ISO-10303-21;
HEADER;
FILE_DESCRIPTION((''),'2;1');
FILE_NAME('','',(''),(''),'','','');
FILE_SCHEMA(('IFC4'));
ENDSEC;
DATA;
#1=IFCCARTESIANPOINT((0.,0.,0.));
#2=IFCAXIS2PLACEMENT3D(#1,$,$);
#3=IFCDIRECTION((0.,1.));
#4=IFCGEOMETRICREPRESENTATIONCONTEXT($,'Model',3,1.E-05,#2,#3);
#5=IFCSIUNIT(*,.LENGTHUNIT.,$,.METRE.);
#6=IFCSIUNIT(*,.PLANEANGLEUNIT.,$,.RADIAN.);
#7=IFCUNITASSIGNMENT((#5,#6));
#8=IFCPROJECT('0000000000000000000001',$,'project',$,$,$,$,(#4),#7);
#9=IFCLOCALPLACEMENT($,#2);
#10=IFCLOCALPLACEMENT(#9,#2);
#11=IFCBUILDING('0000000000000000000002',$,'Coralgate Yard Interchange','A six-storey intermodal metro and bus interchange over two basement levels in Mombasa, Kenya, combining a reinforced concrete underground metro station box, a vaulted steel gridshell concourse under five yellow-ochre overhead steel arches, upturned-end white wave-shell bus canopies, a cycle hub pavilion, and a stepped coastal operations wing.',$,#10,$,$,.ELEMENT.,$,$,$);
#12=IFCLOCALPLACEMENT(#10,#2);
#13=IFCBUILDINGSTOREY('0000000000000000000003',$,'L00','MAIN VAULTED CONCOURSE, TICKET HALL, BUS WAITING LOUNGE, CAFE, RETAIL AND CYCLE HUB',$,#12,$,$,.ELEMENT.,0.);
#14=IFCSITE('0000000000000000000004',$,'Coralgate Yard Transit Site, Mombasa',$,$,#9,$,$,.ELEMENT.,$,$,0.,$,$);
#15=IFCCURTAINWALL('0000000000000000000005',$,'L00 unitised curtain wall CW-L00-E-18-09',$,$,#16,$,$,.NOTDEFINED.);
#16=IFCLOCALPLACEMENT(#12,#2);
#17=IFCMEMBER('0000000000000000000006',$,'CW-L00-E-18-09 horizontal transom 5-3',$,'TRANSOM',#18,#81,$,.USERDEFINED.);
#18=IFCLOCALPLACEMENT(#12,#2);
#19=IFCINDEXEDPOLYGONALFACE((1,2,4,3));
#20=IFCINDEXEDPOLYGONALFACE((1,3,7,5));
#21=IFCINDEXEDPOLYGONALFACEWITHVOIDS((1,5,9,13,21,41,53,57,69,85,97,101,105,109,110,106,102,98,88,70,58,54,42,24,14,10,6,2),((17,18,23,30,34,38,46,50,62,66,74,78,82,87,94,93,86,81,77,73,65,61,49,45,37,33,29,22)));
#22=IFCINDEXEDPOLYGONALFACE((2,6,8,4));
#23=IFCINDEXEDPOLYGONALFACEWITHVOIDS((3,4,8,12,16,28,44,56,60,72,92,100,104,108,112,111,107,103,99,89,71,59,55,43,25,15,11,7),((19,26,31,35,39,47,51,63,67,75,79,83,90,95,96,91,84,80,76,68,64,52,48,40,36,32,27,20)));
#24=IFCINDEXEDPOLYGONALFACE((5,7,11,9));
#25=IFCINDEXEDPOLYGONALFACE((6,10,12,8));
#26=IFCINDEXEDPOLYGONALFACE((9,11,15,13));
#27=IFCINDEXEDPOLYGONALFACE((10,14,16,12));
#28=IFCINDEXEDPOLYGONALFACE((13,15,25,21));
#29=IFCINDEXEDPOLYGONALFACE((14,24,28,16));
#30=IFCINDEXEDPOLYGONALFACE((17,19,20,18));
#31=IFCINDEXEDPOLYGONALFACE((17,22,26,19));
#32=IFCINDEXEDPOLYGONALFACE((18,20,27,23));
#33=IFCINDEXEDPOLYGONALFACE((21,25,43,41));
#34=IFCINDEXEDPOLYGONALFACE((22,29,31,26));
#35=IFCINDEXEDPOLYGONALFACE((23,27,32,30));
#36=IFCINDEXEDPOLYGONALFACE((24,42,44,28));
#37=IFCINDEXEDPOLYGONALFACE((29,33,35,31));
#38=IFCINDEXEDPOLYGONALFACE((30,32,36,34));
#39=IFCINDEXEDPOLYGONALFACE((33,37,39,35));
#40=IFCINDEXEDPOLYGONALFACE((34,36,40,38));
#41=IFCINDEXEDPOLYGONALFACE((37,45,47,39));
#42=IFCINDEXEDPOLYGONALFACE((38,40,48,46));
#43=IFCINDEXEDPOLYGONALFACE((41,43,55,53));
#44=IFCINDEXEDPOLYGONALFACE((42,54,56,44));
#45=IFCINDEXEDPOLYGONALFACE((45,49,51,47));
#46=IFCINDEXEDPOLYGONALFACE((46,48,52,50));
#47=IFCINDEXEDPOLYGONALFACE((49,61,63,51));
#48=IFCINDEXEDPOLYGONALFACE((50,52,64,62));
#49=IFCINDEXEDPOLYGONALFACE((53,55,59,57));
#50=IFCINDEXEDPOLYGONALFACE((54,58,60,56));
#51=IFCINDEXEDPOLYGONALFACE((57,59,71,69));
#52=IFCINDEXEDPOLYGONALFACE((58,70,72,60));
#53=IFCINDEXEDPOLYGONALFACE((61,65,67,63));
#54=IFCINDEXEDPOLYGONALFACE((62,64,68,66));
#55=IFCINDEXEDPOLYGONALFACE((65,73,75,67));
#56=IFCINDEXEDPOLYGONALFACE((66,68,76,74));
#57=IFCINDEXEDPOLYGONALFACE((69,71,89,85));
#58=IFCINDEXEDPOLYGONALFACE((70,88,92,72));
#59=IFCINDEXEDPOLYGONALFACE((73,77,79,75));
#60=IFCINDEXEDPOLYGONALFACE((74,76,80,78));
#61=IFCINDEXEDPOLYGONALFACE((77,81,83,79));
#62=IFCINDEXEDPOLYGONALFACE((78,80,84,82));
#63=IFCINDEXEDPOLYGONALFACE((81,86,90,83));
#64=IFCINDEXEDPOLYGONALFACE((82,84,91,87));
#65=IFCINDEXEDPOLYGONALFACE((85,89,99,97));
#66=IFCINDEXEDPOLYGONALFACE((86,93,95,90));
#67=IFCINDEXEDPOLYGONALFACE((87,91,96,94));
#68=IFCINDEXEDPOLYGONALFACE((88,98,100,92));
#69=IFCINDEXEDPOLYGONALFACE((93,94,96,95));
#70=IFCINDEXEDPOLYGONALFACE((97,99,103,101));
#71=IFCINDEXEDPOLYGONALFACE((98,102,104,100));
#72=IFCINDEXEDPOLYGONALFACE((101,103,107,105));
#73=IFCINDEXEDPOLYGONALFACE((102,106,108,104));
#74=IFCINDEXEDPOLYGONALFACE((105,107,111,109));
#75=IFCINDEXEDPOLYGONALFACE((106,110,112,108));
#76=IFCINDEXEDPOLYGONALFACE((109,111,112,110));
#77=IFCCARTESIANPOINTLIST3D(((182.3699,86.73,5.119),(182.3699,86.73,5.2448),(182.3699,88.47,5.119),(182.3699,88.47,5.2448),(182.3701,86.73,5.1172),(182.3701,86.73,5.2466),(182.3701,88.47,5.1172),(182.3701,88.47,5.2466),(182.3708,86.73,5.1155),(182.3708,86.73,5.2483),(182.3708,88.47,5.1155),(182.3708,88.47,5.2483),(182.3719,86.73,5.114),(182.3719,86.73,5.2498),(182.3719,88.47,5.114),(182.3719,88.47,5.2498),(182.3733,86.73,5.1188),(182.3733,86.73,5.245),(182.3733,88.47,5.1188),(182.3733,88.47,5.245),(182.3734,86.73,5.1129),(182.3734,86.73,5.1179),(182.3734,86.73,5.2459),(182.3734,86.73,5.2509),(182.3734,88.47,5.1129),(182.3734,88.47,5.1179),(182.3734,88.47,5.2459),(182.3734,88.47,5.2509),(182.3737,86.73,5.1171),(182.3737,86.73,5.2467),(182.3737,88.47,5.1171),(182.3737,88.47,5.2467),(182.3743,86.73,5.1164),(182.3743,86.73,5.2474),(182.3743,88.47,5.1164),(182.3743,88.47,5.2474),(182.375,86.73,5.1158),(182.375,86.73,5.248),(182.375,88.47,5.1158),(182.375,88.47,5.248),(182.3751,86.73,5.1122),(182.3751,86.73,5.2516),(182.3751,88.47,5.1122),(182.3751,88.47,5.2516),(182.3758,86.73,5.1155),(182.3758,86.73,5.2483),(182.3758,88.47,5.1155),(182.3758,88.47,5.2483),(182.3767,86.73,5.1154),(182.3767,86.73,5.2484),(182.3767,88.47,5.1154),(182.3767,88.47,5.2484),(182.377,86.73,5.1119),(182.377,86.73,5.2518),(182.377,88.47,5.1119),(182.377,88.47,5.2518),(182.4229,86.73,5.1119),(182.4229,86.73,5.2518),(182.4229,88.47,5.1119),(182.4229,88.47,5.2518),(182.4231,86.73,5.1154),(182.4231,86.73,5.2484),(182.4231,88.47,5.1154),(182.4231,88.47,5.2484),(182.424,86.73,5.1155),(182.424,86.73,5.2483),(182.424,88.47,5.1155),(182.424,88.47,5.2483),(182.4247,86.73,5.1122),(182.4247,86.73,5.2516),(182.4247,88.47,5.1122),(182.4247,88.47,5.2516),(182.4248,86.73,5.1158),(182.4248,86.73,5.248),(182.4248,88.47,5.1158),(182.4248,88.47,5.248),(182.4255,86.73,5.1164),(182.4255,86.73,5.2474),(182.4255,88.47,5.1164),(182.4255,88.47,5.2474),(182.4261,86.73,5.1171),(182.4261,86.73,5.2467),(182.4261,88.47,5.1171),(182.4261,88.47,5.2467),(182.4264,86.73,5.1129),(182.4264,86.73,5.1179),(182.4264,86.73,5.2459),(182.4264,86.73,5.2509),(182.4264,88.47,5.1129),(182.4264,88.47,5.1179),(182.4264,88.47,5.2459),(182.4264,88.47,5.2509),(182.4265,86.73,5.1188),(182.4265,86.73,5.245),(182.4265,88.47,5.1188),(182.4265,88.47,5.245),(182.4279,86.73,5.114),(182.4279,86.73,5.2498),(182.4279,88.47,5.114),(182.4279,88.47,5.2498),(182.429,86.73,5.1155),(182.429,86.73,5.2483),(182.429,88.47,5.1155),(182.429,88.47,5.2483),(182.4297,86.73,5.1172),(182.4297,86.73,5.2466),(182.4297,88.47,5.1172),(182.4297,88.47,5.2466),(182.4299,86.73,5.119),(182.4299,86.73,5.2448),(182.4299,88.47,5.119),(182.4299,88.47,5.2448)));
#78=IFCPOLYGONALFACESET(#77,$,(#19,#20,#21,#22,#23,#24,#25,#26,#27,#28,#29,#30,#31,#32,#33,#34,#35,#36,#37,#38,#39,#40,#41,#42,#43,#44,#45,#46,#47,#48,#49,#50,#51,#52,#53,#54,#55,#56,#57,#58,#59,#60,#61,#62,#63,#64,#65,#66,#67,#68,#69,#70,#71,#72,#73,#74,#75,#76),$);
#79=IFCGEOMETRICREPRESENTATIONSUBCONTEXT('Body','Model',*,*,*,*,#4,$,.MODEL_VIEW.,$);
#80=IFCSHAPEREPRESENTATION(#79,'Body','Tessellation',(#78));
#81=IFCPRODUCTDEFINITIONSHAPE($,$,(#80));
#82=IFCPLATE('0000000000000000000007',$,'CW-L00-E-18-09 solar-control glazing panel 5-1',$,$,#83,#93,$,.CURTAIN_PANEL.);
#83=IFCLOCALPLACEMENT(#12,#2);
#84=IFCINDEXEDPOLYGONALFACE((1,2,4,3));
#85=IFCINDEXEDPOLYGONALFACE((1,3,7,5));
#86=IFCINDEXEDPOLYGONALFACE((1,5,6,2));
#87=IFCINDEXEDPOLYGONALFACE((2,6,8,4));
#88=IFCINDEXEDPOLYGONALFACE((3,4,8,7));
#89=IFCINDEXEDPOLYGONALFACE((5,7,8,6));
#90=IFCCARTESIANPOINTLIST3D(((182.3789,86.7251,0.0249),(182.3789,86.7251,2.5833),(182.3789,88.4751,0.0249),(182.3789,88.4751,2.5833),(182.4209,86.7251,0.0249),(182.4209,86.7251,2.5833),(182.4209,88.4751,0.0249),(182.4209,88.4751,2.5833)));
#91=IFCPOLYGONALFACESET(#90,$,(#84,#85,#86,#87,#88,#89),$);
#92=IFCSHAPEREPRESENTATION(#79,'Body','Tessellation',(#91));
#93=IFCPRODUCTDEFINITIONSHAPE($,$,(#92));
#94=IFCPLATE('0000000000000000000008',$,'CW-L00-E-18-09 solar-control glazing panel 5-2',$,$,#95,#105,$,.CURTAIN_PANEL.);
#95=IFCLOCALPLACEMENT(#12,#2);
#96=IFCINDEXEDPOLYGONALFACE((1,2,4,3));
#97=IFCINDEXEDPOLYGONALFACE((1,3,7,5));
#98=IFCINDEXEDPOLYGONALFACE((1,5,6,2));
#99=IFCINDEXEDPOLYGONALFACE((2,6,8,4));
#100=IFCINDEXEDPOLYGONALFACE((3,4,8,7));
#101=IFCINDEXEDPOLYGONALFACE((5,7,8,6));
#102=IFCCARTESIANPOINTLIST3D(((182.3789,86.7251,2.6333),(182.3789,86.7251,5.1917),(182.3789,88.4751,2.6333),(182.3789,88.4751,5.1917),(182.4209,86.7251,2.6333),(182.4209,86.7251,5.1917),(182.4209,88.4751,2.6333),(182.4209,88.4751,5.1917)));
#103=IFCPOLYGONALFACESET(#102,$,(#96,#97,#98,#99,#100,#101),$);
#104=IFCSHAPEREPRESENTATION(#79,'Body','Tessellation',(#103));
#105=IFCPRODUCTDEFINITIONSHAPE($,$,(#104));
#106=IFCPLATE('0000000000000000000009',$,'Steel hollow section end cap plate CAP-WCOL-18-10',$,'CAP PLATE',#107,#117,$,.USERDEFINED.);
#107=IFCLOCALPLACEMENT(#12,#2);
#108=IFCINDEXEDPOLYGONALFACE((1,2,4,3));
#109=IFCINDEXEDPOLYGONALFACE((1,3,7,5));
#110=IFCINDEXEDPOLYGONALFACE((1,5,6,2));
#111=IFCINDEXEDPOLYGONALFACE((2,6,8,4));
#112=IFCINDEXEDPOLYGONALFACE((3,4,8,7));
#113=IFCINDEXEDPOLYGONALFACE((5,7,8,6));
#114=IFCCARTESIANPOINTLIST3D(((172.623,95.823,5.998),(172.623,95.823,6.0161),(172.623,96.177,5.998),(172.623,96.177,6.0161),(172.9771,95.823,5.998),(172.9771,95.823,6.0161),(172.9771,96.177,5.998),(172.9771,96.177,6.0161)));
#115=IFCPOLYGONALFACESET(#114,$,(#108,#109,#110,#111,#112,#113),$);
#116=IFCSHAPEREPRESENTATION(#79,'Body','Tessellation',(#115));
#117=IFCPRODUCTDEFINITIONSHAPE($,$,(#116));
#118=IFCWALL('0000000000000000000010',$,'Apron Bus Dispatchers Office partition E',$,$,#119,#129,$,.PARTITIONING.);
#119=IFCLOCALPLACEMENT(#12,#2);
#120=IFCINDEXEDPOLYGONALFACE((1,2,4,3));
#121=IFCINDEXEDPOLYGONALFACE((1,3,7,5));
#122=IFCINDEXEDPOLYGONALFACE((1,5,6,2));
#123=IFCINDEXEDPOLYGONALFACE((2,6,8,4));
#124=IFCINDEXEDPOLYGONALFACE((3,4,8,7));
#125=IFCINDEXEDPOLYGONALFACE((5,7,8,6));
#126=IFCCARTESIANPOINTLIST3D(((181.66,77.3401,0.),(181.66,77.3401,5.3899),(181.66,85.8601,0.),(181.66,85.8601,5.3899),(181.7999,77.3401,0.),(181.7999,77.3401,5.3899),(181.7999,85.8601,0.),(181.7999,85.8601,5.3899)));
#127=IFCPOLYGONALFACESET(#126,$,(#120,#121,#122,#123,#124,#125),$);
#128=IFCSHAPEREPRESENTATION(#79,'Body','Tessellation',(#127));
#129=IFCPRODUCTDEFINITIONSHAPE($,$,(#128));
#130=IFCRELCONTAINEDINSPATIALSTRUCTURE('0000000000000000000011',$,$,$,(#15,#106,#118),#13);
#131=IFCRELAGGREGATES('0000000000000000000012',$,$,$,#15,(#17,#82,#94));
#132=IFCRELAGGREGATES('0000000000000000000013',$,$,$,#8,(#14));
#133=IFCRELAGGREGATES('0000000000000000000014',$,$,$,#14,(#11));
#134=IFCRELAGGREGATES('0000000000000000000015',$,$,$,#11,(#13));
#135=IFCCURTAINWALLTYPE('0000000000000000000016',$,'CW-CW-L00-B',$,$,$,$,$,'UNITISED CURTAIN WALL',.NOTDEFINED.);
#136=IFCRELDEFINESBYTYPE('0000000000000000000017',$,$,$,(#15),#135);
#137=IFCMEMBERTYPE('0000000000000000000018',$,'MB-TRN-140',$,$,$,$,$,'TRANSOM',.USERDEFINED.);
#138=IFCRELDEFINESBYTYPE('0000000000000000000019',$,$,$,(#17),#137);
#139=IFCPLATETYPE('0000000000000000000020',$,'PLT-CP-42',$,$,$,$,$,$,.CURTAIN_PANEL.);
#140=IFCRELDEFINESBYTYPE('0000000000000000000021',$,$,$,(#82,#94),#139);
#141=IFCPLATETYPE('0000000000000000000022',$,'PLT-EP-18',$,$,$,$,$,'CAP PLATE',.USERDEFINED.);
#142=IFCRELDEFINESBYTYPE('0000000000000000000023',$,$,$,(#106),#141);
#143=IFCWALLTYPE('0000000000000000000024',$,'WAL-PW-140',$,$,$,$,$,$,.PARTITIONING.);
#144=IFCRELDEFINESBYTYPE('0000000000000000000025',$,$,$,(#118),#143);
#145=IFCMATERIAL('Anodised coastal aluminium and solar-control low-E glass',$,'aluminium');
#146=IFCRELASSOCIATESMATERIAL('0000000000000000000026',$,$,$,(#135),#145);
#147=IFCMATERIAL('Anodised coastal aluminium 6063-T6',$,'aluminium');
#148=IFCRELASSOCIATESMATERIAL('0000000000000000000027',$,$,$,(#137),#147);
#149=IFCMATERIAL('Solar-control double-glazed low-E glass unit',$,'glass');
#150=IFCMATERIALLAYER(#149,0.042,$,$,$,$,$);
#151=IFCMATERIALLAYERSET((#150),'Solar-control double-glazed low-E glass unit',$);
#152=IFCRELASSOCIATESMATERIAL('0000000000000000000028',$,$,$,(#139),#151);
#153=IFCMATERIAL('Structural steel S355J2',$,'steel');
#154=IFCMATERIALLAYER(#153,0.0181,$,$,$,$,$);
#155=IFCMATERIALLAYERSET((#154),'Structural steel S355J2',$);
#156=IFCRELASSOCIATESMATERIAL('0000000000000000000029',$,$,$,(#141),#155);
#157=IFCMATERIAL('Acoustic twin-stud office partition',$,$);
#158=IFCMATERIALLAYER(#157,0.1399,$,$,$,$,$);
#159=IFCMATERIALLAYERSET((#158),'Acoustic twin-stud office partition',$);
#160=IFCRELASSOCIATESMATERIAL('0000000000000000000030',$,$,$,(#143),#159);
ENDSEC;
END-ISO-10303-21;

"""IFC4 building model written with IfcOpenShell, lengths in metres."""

from ifc_helpers import new_model, si_unit, direction, frame, frame_2d, origin, origin_2d, place, context, subcontext, project, spatial, rectangle, hollow_rectangle, extrude, material, layer, layer_set, material_profile, profile_set, type_object, element, aggregate, save


model = new_model("IFC4")

# Units and contexts
model_context = context("Model", 3, precision=1e-05, world=origin(), true_north=direction((0.0, 1.0)))
body_context = subcontext(model_context, "Body", "Model", "MODEL_VIEW")
ifc_project = project(units=[si_unit("LENGTHUNIT", "METRE"), si_unit("PLANEANGLEUNIT", "RADIAN")], contexts=[model_context])

# Site, building, storey
site_placement = place(None, origin())
site = spatial("IfcSite", under=ifc_project, at=site_placement, Name="Coralgate Yard Transit Site, Mombasa", CompositionType="ELEMENT", RefElevation=0.0)
building_placement = place(site_placement, origin())
building = spatial("IfcBuilding", under=site, at=building_placement, Name="Coralgate Yard Interchange", Description="A six-storey intermodal metro and bus interchange over two basement levels in Mombasa, Kenya, combining a reinforced concrete underground metro station box, a vaulted steel gridshell concourse under five yellow-ochre overhead steel arches, upturned-end white wave-shell bus canopies, a cycle hub pavilion, and a stepped coastal operations wing.", CompositionType="ELEMENT")
storey_placement = place(building_placement, origin())
storey = spatial("IfcBuildingStorey", under=building, at=storey_placement, Name="L00", Description="MAIN VAULTED CONCOURSE, TICKET HALL, BUS WAITING LOUNGE, CAFE, RETAIL AND CYCLE HUB", CompositionType="ELEMENT", Elevation=0.0)

# Shared definitions
ifc_material_1 = material(Name="Structural steel S355J2", Category="steel")

# Shared definitions
ifc_material_2 = material(Name="Anodised coastal aluminium and solar-control low-E glass", Category="aluminium")
curtain_wall_type = type_object("IfcCurtainWallType", Name="CW-CW-L00-B", ElementType="UNITISED CURTAIN WALL", PredefinedType="NOTDEFINED", material=ifc_material_2)
ifc_material_3 = material(Name="Anodised coastal aluminium 6063-T6", Category="aluminium")

# Curtain wall
curtain_wall_1_placement = place(storey_placement, origin())
curtain_wall_1 = element("IfcCurtainWall", 1, at=curtain_wall_1_placement, inside=storey, type_object=curtain_wall_type, Name="L00 unitised curtain wall CW-L00-E-18-09", PredefinedType="NOTDEFINED")

# Member
ifc_material_profile_1 = material_profile(ifc_material_3, hollow_rectangle(XDim=0.0601, YDim=0.1399, WallThickness=0.0034, InnerFilletRadius=0.0034, OuterFilletRadius=0.0071, at=origin_2d()), Name="ALU 60x140x3.5")
ifc_profile_set_1 = profile_set([ifc_material_profile_1], Name="Anodised coastal aluminium 6063-T6")
member_type_1 = type_object("IfcMemberType", Name="MB-TRN-140", ElementType="TRANSOM", PredefinedType="USERDEFINED", material=ifc_profile_set_1)
member_1_placement = place(storey_placement, frame((182.3999, 88.47, 5.1819), z_axis=(0.0, -1.0, 0.0), x_axis=(1.0, 0.0, 0.0)))
member_1 = element("IfcMember", 2, at=member_1_placement, type_object=member_type_1, Name="CW-L00-E-18-09 horizontal transom 5-3", ObjectType="TRANSOM", PredefinedType="USERDEFINED", context=body_context, shape_type="SweptSolid", body=[
    extrude(hollow_rectangle(XDim=0.0601, YDim=0.1399, WallThickness=0.0034, InnerFilletRadius=0.0034, OuterFilletRadius=0.0071, at=origin_2d()), origin(), (0.0, 0.0, 1.0), 1.74),
])

# Plates
ifc_material_4 = material(Name="Solar-control double-glazed low-E glass unit", Category="glass")
ifc_layer_1 = layer(ifc_material_4, 0.042)
ifc_layer_set_1 = layer_set([ifc_layer_1], Name="Solar-control double-glazed low-E glass unit")
plate_type_1 = type_object("IfcPlateType", Name="PLT-CP-42", PredefinedType="CURTAIN_PANEL", material=ifc_layer_set_1)
plate_1_placement = place(storey_placement, frame((182.3999, 87.6001, 0.0249), z_axis=(0.0, 0.0, 1.0), x_axis=(0.0, -1.0, 0.0)))
plate_1 = element("IfcPlate", 3, at=plate_1_placement, type_object=plate_type_1, Name="CW-L00-E-18-09 solar-control glazing panel 5-1", PredefinedType="CURTAIN_PANEL", context=body_context, shape_type="SweptSolid", body=[
    extrude(rectangle(XDim=1.75, YDim=0.042, at=origin_2d()), origin(), (0.0, 0.0, 1.0), 2.5583),
])
plate_2_placement = place(storey_placement, frame((182.3999, 87.6001, 2.6333), z_axis=(0.0, 0.0, 1.0), x_axis=(0.0, -1.0, 0.0)))
plate_2 = element("IfcPlate", 4, at=plate_2_placement, type_object=plate_type_1, Name="CW-L00-E-18-09 solar-control glazing panel 5-2", PredefinedType="CURTAIN_PANEL", context=body_context, shape_type="SweptSolid", body=[
    extrude(rectangle(XDim=1.75, YDim=0.042, at=origin_2d()), origin(), (0.0, 0.0, 1.0), 2.5583),
])
aggregate(curtain_wall_1, [member_1, plate_1, plate_2])
ifc_layer_2 = layer(ifc_material_1, 0.0181)
ifc_layer_set_2 = layer_set([ifc_layer_2], Name="Structural steel S355J2")
plate_type_2 = type_object("IfcPlateType", Name="PLT-EP-18", ElementType="CAP PLATE", PredefinedType="USERDEFINED", material=ifc_layer_set_2)
plate_3_placement = place(storey_placement, frame((172.8, 96.0, 5.998), z_axis=(0.0, 0.0, 1.0), x_axis=(1.0, 0.0, 0.0)))
element("IfcPlate", 5, at=plate_3_placement, inside=storey, type_object=plate_type_2, Name="Steel hollow section end cap plate CAP-WCOL-18-10", ObjectType="CAP PLATE", PredefinedType="USERDEFINED", context=body_context, shape_type="SweptSolid", body=[
    extrude(rectangle(XDim=0.354, YDim=0.354, at=origin_2d()), origin(), (0.0, 0.0, 1.0), 0.0181),
])

# Wall
ifc_material_5 = material(Name="Acoustic twin-stud office partition")
ifc_layer_3 = layer(ifc_material_5, 0.1399)
ifc_layer_set_3 = layer_set([ifc_layer_3], Name="Acoustic twin-stud office partition")
wall_type = type_object("IfcWallType", Name="WAL-PW-140", PredefinedType="PARTITIONING", material=ifc_layer_set_3)
wall_placement = place(storey_placement, frame((181.73, 85.8601, 0.0), z_axis=(0.0, 0.0, 1.0), x_axis=(0.0, -1.0, 0.0)))
element("IfcWall", 6, at=wall_placement, inside=storey, type_object=wall_type, Name="Apron Bus Dispatchers Office partition E", PredefinedType="PARTITIONING", context=body_context, shape_type="SweptSolid", body=[
    extrude(rectangle(XDim=8.52, YDim=0.1399, at=frame_2d((4.26, 0.0))), origin(), (0.0, 0.0, 1.0), 5.3899),
])

save(model, "model.ifc")
